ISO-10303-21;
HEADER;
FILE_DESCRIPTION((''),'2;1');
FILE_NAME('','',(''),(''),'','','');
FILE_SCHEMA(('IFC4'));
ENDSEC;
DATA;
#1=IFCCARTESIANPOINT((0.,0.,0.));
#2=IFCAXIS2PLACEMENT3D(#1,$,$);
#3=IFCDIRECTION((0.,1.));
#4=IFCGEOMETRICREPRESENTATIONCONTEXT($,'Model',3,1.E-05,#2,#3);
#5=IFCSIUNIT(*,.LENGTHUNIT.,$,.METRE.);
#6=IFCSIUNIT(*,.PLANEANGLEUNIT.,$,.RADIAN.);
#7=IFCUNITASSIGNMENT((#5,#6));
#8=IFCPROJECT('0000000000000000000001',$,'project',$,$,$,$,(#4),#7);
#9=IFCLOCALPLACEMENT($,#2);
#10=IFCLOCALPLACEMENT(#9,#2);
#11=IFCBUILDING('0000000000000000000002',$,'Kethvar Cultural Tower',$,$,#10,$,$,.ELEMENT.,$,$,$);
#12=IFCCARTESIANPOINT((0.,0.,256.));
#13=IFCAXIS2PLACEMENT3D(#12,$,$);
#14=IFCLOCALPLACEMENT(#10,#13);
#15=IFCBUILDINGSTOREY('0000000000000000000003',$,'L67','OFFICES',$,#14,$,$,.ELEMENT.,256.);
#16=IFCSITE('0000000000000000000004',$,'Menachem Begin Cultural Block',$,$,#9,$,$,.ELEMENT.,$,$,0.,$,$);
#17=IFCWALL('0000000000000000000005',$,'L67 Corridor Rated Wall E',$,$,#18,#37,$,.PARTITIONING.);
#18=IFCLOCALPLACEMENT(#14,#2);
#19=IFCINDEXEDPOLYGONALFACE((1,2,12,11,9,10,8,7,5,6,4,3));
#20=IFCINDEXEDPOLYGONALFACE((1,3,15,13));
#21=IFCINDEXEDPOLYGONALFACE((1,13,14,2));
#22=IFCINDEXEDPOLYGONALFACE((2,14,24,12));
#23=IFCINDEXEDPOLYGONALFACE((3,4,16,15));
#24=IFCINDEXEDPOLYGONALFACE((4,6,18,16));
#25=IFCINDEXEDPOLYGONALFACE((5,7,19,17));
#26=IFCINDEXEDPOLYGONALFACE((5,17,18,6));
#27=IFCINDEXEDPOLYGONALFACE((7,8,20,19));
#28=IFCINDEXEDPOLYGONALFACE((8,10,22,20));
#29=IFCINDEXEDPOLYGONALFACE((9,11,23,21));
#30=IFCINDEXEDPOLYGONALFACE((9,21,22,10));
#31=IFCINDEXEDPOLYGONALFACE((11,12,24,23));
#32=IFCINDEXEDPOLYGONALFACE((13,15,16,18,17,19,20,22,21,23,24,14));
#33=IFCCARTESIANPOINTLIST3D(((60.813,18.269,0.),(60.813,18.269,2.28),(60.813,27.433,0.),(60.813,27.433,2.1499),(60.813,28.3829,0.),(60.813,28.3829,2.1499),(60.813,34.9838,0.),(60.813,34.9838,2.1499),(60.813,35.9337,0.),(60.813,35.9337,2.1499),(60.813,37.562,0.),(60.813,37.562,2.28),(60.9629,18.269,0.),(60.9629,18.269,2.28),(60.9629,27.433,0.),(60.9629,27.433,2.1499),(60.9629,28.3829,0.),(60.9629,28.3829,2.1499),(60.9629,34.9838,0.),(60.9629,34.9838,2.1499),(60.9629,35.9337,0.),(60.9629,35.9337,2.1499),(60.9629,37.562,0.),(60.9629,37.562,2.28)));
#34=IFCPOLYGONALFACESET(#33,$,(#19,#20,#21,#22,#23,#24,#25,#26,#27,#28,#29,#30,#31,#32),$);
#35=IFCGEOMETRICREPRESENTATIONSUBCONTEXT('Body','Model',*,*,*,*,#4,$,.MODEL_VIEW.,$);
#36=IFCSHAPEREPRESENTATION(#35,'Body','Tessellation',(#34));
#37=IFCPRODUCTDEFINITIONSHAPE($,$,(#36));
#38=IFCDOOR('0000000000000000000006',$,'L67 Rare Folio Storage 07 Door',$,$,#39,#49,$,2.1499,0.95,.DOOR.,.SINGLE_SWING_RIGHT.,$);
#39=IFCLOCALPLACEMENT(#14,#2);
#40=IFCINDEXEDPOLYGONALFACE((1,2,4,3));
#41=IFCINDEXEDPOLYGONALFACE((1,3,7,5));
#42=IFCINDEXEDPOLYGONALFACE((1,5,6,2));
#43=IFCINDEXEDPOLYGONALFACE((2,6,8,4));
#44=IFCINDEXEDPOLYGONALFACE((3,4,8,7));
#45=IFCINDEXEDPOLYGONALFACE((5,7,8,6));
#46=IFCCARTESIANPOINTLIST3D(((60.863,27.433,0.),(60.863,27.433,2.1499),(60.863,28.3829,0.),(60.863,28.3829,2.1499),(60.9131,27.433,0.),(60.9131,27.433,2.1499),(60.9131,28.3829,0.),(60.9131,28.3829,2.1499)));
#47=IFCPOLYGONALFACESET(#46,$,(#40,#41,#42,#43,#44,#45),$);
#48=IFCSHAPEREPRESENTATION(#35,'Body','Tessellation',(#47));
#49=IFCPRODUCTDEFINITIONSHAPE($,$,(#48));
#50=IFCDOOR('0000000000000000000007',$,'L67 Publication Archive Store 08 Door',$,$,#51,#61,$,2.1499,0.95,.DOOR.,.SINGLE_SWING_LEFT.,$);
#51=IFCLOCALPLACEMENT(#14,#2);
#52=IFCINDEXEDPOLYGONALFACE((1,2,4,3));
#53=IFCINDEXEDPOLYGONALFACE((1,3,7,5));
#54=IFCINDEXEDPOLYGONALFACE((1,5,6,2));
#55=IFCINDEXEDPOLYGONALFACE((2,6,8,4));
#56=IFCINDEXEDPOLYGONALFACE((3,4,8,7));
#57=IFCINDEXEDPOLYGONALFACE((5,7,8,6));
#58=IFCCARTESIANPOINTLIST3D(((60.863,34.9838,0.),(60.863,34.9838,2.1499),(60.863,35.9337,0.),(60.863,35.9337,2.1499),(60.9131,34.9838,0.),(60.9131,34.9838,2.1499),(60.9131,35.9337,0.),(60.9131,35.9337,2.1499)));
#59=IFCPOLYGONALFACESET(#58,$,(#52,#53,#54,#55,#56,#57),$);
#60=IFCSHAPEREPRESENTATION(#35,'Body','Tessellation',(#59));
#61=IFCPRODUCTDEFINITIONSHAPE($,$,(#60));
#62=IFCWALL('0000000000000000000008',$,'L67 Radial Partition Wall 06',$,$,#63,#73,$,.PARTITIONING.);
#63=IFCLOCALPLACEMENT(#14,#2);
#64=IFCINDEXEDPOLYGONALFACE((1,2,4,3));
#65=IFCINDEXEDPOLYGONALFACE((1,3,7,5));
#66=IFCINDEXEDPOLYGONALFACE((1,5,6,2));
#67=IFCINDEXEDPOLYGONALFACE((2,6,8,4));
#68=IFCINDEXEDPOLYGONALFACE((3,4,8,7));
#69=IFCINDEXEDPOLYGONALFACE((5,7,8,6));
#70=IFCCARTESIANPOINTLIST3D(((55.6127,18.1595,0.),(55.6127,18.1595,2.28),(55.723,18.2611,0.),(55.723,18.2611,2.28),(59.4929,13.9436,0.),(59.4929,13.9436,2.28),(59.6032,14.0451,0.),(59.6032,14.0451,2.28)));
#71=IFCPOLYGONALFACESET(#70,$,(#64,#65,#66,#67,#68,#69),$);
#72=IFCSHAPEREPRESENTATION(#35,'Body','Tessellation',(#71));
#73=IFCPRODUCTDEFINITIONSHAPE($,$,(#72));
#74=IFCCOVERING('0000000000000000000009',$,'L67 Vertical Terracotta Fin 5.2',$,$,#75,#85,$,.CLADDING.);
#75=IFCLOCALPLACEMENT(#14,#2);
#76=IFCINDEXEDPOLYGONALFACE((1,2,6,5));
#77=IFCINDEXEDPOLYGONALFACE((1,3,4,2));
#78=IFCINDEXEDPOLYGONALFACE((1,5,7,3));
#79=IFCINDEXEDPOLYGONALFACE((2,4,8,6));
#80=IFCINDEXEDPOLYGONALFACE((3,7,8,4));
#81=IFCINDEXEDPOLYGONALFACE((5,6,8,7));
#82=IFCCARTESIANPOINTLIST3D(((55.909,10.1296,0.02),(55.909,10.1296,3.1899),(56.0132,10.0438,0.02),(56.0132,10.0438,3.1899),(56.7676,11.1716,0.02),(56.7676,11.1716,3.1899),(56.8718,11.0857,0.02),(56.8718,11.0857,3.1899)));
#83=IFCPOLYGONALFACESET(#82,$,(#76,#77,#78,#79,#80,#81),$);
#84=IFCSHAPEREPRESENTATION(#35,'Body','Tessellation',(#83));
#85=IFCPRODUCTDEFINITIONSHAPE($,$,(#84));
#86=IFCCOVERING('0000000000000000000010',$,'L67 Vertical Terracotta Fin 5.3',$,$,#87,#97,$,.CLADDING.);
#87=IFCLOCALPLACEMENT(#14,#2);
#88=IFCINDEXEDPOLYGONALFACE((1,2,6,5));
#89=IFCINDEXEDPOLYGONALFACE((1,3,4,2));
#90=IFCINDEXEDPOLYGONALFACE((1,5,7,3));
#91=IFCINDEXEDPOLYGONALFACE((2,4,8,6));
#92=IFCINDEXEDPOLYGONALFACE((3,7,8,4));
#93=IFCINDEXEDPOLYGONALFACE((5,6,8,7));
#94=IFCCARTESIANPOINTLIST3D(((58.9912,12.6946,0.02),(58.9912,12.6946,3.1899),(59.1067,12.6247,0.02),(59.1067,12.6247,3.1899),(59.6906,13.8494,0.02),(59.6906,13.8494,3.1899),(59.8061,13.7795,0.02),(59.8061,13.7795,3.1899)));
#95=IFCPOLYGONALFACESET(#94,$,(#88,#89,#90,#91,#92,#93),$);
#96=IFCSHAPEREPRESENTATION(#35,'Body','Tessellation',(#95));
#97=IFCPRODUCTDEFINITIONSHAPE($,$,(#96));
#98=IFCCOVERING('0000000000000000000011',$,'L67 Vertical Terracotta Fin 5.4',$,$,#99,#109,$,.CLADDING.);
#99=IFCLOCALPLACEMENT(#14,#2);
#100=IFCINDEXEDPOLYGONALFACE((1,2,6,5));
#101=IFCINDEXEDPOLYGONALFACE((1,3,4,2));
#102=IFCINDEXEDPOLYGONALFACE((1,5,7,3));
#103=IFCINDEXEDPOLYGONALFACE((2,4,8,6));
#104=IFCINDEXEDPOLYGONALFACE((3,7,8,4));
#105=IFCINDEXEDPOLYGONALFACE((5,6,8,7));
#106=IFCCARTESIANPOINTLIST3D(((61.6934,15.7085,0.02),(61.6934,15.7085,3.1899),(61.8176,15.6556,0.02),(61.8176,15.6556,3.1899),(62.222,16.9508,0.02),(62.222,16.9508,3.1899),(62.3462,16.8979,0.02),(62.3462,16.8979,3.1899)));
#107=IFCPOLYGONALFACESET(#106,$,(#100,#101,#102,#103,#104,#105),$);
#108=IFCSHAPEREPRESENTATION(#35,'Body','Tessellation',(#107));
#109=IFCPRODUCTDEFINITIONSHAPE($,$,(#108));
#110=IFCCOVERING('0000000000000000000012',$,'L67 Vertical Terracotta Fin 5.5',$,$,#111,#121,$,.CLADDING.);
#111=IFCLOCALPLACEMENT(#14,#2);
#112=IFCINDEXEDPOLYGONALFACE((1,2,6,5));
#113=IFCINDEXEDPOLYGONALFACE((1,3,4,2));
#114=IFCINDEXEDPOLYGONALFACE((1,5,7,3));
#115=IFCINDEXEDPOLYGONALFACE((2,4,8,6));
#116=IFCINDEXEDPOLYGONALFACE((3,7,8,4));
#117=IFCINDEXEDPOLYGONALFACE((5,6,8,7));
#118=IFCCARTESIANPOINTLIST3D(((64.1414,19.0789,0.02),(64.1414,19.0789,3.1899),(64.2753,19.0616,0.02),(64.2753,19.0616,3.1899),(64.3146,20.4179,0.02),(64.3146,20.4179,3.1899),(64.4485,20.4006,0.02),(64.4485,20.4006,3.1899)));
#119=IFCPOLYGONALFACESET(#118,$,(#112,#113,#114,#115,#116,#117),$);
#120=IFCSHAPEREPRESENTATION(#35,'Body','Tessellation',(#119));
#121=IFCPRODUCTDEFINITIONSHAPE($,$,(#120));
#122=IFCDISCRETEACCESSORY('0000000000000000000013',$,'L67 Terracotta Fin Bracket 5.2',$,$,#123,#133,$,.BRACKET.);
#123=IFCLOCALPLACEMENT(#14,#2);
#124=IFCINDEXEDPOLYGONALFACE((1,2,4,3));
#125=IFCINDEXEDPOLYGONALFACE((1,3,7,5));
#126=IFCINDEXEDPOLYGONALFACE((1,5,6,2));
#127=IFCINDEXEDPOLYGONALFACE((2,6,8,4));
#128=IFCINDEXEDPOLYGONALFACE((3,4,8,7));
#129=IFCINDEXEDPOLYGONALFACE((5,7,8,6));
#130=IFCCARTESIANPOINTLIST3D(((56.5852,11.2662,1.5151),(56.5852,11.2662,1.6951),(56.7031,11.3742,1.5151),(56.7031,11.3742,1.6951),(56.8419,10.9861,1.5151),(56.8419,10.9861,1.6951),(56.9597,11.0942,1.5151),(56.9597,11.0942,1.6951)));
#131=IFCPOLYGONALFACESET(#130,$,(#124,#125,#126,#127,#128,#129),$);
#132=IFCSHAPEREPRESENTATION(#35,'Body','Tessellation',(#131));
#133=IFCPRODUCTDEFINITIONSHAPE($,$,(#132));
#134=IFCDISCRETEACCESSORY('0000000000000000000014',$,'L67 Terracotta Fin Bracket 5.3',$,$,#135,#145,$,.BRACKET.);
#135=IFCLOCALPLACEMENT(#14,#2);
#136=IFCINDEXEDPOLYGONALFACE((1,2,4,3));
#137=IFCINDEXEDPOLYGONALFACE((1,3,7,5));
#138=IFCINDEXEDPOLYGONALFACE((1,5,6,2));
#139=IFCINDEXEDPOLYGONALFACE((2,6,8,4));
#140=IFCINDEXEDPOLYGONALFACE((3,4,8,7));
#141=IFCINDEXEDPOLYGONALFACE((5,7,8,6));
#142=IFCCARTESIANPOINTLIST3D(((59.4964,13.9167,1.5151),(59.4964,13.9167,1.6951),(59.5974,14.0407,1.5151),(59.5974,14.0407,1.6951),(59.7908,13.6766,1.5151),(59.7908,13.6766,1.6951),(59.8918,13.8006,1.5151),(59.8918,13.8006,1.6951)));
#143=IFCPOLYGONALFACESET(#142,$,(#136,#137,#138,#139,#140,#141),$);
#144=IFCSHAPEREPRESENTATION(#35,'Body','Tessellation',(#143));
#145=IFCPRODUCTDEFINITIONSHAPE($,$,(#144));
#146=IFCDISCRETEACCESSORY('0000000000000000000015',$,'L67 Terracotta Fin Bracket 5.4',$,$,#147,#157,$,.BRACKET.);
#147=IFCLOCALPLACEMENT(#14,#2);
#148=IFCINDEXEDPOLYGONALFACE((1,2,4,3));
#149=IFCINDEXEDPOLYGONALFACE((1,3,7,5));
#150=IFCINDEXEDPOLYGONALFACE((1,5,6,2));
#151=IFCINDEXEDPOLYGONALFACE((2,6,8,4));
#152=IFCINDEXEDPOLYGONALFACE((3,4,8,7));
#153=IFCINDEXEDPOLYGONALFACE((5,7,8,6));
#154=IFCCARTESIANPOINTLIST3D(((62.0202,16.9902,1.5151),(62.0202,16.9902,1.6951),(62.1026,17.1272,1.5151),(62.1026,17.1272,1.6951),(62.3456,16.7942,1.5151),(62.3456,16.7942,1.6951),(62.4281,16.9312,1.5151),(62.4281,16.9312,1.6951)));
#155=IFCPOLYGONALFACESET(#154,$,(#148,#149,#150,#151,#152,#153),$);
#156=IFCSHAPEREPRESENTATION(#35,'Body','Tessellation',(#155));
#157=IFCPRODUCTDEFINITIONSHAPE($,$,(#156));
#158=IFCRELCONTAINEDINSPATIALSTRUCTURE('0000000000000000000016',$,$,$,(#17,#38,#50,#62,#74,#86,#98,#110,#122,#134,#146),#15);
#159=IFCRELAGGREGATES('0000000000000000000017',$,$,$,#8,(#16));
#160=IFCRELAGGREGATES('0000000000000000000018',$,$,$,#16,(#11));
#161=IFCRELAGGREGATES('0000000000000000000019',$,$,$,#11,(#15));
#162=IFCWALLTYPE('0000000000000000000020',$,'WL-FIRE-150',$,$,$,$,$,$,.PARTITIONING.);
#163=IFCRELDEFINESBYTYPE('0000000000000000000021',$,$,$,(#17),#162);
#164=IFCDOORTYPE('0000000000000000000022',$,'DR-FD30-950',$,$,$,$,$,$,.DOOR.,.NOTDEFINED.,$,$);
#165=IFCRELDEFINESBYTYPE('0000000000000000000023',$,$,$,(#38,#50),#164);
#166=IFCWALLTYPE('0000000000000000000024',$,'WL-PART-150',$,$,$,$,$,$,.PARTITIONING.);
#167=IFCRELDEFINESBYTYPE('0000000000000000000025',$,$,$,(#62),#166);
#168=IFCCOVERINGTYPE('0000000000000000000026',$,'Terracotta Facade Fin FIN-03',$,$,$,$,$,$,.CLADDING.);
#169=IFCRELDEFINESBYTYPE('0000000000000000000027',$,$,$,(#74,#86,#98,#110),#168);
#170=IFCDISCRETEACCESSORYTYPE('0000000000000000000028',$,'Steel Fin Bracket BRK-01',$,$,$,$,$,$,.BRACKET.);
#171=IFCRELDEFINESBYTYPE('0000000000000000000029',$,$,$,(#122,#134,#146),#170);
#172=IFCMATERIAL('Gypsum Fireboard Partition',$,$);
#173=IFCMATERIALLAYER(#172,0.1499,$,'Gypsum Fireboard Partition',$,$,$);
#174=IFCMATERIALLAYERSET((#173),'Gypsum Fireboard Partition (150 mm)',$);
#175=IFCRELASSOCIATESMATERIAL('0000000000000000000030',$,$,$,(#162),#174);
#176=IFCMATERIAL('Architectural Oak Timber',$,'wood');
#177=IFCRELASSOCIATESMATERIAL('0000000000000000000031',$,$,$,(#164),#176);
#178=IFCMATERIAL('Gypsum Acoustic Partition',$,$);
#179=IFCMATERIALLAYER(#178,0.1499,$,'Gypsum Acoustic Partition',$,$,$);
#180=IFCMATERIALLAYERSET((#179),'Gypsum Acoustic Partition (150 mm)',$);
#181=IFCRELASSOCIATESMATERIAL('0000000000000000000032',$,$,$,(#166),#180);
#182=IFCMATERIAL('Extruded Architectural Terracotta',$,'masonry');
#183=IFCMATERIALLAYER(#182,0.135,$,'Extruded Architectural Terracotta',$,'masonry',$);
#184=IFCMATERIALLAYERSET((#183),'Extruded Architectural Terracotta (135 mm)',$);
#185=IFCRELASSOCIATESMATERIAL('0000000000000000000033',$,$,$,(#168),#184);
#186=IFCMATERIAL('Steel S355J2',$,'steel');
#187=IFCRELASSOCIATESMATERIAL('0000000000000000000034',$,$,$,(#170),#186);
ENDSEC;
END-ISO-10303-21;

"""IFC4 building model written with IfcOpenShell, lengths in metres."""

from ifc_helpers import new_model, si_unit, direction, frame, frame_2d, origin, origin_2d, place, context, subcontext, project, spatial, rectangle, extrude, source, transform, mapped, material, layer, layer_set, type_object, element, fill, save


model = new_model("IFC4")

# Units and contexts
model_context = context("Model", 3, precision=1e-05, world=origin(), true_north=direction((0.0, 1.0)))
body_context = subcontext(model_context, "Body", "Model", "MODEL_VIEW")
ifc_project = project(units=[si_unit("LENGTHUNIT", "METRE"), si_unit("PLANEANGLEUNIT", "RADIAN")], contexts=[model_context])

# Site, building, storey
site_placement = place(None, origin())
site = spatial("IfcSite", under=ifc_project, at=site_placement, Name="Menachem Begin Cultural Block", CompositionType="ELEMENT", RefElevation=0.0)
building_placement = place(site_placement, origin())
building = spatial("IfcBuilding", under=site, at=building_placement, Name="Kethvar Cultural Tower", CompositionType="ELEMENT")
storey_placement = place(building_placement, frame((0.0, 0.0, 256.0)))
storey = spatial("IfcBuildingStorey", under=building, at=storey_placement, Name="L67", Description="OFFICES", CompositionType="ELEMENT", Elevation=256.0)

# Shared definitions
ifc_material_1 = material(Name="Steel S355J2", Category="steel")

# Wall, openings, doors
ifc_material_2 = material(Name="Gypsum Fireboard Partition")
ifc_layer_1 = layer(ifc_material_2, 0.1499, Name="Gypsum Fireboard Partition")
ifc_layer_set_1 = layer_set([ifc_layer_1], Name="Gypsum Fireboard Partition (150 mm)")
wall_type_1 = type_object("IfcWallType", Name="WL-FIRE-150", PredefinedType="PARTITIONING", material=ifc_layer_set_1)
wall_1_placement = place(storey_placement, frame((60.8879, 18.269, 0.0), z_axis=(0.0, 0.0, 1.0), x_axis=(0.0, 1.0, 0.0)))
wall_1 = element("IfcWall", 1, at=wall_1_placement, inside=storey, type_object=wall_type_1, Name="L67 Corridor Rated Wall E", PredefinedType="PARTITIONING", context=body_context, shape_type="SweptSolid", body=[
    extrude(rectangle(XDim=19.293, YDim=0.1499, at=frame_2d((9.6465, 0.0))), origin(), (0.0, 0.0, 1.0), 2.28),
])
opening_1_placement = place(wall_1_placement, frame((9.1638, 0.0, 0.0)))
opening_1 = element("IfcOpeningElement", 2, at=opening_1_placement, cuts=wall_1, PredefinedType="OPENING", context=body_context, shape_type="SweptSolid", body=[
    extrude(rectangle(XDim=0.95, YDim=2.1499, at=frame_2d((0.4751, 1.075))), frame((0.0, 0.085, 0.0), z_axis=(0.0, -1.0, 0.0), x_axis=(1.0, 0.0, 0.0)), (0.0, 0.0, 1.0), 0.1699),
])
opening_2_placement = place(wall_1_placement, frame((16.7146, 0.0, 0.0)))
opening_2 = element("IfcOpeningElement", 3, at=opening_2_placement, cuts=wall_1, PredefinedType="OPENING", context=body_context, shape_type="SweptSolid", body=[
    extrude(rectangle(XDim=0.95, YDim=2.1499, at=frame_2d((0.4751, 1.075))), frame((0.0, 0.085, 0.0), z_axis=(0.0, -1.0, 0.0), x_axis=(1.0, 0.0, 0.0)), (0.0, 0.0, 1.0), 0.1699),
])
ifc_material_3 = material(Name="Architectural Oak Timber", Category="wood")
door_type = type_object("IfcDoorType", Name="DR-FD30-950", OperationType="NOTDEFINED", PredefinedType="DOOR", material=ifc_material_3)
shared_shape_1 = source(origin(), body_context, "Body", "SweptSolid", [
    extrude(rectangle(XDim=0.95, YDim=2.1499, at=frame_2d((0.4751, 1.075))), frame((0.0, 0.0249, 0.0), z_axis=(0.0, -1.0, 0.0), x_axis=(1.0, 0.0, 0.0)), (0.0, 0.0, 1.0), 0.05),
])
door_1_placement = place(opening_1_placement, origin())
door_1 = element("IfcDoor", 4, at=door_1_placement, inside=storey, type_object=door_type, Name="L67 Rare Folio Storage 07 Door", OperationType="SINGLE_SWING_RIGHT", OverallHeight=2.1499, OverallWidth=0.95, PredefinedType="DOOR", context=body_context, shape_type="MappedRepresentation", body=[
    mapped(shared_shape_1, transform((0.0, 0.0, 0.0), scale=1.0)),
])
fill(opening_1, door_1)
door_2_placement = place(opening_2_placement, origin())
door_2 = element("IfcDoor", 5, at=door_2_placement, inside=storey, type_object=door_type, Name="L67 Publication Archive Store 08 Door", OperationType="SINGLE_SWING_LEFT", OverallHeight=2.1499, OverallWidth=0.95, PredefinedType="DOOR", context=body_context, shape_type="MappedRepresentation", body=[
    mapped(shared_shape_1, transform((0.0, 0.0, 0.0), scale=1.0)),
])
fill(opening_2, door_2)

# Wall
ifc_material_4 = material(Name="Gypsum Acoustic Partition")
ifc_layer_2 = layer(ifc_material_4, 0.1499, Name="Gypsum Acoustic Partition")
ifc_layer_set_2 = layer_set([ifc_layer_2], Name="Gypsum Acoustic Partition (150 mm)")
wall_type_2 = type_object("IfcWallType", Name="WL-PART-150", PredefinedType="PARTITIONING", material=ifc_layer_set_2)
wall_2_placement = place(storey_placement, frame((55.668, 18.2102, 0.0), z_axis=(0.0, 0.0, 1.0), x_axis=(0.677205, -0.735794, 0.0)))
element("IfcWall", 6, at=wall_2_placement, inside=storey, type_object=wall_type_2, Name="L67 Radial Partition Wall 06", PredefinedType="PARTITIONING", context=body_context, shape_type="SweptSolid", body=[
    extrude(rectangle(XDim=5.7297, YDim=0.1499, at=frame_2d((2.8647, 0.0))), origin(), (0.0, 0.0, 1.0), 2.28),
])

# Coverings
ifc_material_5 = material(Name="Extruded Architectural Terracotta", Category="masonry")
ifc_layer_3 = layer(ifc_material_5, 0.135, Name="Extruded Architectural Terracotta", Category="masonry")
ifc_layer_set_3 = layer_set([ifc_layer_3], Name="Extruded Architectural Terracotta (135 mm)")
covering_type = type_object("IfcCoveringType", Name="Terracotta Facade Fin FIN-03", PredefinedType="CLADDING", material=ifc_layer_set_3)
shared_shape_2 = source(origin(), body_context, "Body", "SweptSolid", [
    extrude(rectangle(XDim=1.3501, YDim=0.135, at=origin_2d()), origin(), (0.0, 0.0, 1.0), 3.1699),
])
for number, where, z_axis, x_axis, name in (
    (7, (56.3904, 10.6077, 0.02), (0.0, 0.0, 1.0), (-0.635944, -0.771736, 0.0), "L67 Vertical Terracotta Fin 5.2"),
    (8, (59.3987, 13.2371, 0.02), (0.0, 0.0, 1.0), (-0.518027, -0.855364, 0.0), "L67 Vertical Terracotta Fin 5.3"),
    (9, (62.0198, 16.3032, 0.02), (0.0, 0.0, 1.0), (-0.391534, -0.920164, 0.0), "L67 Vertical Terracotta Fin 5.4"),
    (10, (64.2949, 19.7397, 0.02), (0.0, 0.0, 1.0), (-0.128276, -0.991738, 0.0), "L67 Vertical Terracotta Fin 5.5"),
):
    element("IfcCovering", number, at=place(storey_placement, frame(where, z_axis=z_axis, x_axis=x_axis)), inside=storey, type_object=covering_type, Name=name, PredefinedType="CLADDING", context=body_context, shape_type="MappedRepresentation", body=[
        mapped(shared_shape_2, transform((0.0, 0.0, 0.0), scale=1.0)),
    ])

# Discrete accessories
discrete_accessory_type = type_object("IfcDiscreteAccessoryType", Name="Steel Fin Bracket BRK-01", PredefinedType="BRACKET", material=ifc_material_1)
shared_shape_3 = source(origin(), body_context, "Body", "SweptSolid", [
    extrude(rectangle(XDim=0.3799, YDim=0.1599, at=origin_2d()), origin(), (0.0, 0.0, 1.0), 0.1799),
])
for number, where, z_axis, x_axis, name in (
    (11, (56.7725, 11.1802, 1.5151), (0.0, 0.0, 1.0), (0.675719, -0.737159, 0.0), "L67 Terracotta Fin Bracket 5.2"),
    (12, (59.6941, 13.8586, 1.5151), (0.0, 0.0, 1.0), (0.774944, -0.632029, 0.0), "L67 Terracotta Fin Bracket 5.3"),
    (13, (62.2241, 16.9607, 1.5151), (0.0, 0.0, 1.0), (0.856718, -0.515786, 0.0), "L67 Terracotta Fin Bracket 5.4"),
):
    element("IfcDiscreteAccessory", number, at=place(storey_placement, frame(where, z_axis=z_axis, x_axis=x_axis)), inside=storey, type_object=discrete_accessory_type, Name=name, PredefinedType="BRACKET", context=body_context, shape_type="MappedRepresentation", body=[
        mapped(shared_shape_3, transform((0.0, 0.0, 0.0), scale=1.0)),
    ])

save(model, "model.ifc")
